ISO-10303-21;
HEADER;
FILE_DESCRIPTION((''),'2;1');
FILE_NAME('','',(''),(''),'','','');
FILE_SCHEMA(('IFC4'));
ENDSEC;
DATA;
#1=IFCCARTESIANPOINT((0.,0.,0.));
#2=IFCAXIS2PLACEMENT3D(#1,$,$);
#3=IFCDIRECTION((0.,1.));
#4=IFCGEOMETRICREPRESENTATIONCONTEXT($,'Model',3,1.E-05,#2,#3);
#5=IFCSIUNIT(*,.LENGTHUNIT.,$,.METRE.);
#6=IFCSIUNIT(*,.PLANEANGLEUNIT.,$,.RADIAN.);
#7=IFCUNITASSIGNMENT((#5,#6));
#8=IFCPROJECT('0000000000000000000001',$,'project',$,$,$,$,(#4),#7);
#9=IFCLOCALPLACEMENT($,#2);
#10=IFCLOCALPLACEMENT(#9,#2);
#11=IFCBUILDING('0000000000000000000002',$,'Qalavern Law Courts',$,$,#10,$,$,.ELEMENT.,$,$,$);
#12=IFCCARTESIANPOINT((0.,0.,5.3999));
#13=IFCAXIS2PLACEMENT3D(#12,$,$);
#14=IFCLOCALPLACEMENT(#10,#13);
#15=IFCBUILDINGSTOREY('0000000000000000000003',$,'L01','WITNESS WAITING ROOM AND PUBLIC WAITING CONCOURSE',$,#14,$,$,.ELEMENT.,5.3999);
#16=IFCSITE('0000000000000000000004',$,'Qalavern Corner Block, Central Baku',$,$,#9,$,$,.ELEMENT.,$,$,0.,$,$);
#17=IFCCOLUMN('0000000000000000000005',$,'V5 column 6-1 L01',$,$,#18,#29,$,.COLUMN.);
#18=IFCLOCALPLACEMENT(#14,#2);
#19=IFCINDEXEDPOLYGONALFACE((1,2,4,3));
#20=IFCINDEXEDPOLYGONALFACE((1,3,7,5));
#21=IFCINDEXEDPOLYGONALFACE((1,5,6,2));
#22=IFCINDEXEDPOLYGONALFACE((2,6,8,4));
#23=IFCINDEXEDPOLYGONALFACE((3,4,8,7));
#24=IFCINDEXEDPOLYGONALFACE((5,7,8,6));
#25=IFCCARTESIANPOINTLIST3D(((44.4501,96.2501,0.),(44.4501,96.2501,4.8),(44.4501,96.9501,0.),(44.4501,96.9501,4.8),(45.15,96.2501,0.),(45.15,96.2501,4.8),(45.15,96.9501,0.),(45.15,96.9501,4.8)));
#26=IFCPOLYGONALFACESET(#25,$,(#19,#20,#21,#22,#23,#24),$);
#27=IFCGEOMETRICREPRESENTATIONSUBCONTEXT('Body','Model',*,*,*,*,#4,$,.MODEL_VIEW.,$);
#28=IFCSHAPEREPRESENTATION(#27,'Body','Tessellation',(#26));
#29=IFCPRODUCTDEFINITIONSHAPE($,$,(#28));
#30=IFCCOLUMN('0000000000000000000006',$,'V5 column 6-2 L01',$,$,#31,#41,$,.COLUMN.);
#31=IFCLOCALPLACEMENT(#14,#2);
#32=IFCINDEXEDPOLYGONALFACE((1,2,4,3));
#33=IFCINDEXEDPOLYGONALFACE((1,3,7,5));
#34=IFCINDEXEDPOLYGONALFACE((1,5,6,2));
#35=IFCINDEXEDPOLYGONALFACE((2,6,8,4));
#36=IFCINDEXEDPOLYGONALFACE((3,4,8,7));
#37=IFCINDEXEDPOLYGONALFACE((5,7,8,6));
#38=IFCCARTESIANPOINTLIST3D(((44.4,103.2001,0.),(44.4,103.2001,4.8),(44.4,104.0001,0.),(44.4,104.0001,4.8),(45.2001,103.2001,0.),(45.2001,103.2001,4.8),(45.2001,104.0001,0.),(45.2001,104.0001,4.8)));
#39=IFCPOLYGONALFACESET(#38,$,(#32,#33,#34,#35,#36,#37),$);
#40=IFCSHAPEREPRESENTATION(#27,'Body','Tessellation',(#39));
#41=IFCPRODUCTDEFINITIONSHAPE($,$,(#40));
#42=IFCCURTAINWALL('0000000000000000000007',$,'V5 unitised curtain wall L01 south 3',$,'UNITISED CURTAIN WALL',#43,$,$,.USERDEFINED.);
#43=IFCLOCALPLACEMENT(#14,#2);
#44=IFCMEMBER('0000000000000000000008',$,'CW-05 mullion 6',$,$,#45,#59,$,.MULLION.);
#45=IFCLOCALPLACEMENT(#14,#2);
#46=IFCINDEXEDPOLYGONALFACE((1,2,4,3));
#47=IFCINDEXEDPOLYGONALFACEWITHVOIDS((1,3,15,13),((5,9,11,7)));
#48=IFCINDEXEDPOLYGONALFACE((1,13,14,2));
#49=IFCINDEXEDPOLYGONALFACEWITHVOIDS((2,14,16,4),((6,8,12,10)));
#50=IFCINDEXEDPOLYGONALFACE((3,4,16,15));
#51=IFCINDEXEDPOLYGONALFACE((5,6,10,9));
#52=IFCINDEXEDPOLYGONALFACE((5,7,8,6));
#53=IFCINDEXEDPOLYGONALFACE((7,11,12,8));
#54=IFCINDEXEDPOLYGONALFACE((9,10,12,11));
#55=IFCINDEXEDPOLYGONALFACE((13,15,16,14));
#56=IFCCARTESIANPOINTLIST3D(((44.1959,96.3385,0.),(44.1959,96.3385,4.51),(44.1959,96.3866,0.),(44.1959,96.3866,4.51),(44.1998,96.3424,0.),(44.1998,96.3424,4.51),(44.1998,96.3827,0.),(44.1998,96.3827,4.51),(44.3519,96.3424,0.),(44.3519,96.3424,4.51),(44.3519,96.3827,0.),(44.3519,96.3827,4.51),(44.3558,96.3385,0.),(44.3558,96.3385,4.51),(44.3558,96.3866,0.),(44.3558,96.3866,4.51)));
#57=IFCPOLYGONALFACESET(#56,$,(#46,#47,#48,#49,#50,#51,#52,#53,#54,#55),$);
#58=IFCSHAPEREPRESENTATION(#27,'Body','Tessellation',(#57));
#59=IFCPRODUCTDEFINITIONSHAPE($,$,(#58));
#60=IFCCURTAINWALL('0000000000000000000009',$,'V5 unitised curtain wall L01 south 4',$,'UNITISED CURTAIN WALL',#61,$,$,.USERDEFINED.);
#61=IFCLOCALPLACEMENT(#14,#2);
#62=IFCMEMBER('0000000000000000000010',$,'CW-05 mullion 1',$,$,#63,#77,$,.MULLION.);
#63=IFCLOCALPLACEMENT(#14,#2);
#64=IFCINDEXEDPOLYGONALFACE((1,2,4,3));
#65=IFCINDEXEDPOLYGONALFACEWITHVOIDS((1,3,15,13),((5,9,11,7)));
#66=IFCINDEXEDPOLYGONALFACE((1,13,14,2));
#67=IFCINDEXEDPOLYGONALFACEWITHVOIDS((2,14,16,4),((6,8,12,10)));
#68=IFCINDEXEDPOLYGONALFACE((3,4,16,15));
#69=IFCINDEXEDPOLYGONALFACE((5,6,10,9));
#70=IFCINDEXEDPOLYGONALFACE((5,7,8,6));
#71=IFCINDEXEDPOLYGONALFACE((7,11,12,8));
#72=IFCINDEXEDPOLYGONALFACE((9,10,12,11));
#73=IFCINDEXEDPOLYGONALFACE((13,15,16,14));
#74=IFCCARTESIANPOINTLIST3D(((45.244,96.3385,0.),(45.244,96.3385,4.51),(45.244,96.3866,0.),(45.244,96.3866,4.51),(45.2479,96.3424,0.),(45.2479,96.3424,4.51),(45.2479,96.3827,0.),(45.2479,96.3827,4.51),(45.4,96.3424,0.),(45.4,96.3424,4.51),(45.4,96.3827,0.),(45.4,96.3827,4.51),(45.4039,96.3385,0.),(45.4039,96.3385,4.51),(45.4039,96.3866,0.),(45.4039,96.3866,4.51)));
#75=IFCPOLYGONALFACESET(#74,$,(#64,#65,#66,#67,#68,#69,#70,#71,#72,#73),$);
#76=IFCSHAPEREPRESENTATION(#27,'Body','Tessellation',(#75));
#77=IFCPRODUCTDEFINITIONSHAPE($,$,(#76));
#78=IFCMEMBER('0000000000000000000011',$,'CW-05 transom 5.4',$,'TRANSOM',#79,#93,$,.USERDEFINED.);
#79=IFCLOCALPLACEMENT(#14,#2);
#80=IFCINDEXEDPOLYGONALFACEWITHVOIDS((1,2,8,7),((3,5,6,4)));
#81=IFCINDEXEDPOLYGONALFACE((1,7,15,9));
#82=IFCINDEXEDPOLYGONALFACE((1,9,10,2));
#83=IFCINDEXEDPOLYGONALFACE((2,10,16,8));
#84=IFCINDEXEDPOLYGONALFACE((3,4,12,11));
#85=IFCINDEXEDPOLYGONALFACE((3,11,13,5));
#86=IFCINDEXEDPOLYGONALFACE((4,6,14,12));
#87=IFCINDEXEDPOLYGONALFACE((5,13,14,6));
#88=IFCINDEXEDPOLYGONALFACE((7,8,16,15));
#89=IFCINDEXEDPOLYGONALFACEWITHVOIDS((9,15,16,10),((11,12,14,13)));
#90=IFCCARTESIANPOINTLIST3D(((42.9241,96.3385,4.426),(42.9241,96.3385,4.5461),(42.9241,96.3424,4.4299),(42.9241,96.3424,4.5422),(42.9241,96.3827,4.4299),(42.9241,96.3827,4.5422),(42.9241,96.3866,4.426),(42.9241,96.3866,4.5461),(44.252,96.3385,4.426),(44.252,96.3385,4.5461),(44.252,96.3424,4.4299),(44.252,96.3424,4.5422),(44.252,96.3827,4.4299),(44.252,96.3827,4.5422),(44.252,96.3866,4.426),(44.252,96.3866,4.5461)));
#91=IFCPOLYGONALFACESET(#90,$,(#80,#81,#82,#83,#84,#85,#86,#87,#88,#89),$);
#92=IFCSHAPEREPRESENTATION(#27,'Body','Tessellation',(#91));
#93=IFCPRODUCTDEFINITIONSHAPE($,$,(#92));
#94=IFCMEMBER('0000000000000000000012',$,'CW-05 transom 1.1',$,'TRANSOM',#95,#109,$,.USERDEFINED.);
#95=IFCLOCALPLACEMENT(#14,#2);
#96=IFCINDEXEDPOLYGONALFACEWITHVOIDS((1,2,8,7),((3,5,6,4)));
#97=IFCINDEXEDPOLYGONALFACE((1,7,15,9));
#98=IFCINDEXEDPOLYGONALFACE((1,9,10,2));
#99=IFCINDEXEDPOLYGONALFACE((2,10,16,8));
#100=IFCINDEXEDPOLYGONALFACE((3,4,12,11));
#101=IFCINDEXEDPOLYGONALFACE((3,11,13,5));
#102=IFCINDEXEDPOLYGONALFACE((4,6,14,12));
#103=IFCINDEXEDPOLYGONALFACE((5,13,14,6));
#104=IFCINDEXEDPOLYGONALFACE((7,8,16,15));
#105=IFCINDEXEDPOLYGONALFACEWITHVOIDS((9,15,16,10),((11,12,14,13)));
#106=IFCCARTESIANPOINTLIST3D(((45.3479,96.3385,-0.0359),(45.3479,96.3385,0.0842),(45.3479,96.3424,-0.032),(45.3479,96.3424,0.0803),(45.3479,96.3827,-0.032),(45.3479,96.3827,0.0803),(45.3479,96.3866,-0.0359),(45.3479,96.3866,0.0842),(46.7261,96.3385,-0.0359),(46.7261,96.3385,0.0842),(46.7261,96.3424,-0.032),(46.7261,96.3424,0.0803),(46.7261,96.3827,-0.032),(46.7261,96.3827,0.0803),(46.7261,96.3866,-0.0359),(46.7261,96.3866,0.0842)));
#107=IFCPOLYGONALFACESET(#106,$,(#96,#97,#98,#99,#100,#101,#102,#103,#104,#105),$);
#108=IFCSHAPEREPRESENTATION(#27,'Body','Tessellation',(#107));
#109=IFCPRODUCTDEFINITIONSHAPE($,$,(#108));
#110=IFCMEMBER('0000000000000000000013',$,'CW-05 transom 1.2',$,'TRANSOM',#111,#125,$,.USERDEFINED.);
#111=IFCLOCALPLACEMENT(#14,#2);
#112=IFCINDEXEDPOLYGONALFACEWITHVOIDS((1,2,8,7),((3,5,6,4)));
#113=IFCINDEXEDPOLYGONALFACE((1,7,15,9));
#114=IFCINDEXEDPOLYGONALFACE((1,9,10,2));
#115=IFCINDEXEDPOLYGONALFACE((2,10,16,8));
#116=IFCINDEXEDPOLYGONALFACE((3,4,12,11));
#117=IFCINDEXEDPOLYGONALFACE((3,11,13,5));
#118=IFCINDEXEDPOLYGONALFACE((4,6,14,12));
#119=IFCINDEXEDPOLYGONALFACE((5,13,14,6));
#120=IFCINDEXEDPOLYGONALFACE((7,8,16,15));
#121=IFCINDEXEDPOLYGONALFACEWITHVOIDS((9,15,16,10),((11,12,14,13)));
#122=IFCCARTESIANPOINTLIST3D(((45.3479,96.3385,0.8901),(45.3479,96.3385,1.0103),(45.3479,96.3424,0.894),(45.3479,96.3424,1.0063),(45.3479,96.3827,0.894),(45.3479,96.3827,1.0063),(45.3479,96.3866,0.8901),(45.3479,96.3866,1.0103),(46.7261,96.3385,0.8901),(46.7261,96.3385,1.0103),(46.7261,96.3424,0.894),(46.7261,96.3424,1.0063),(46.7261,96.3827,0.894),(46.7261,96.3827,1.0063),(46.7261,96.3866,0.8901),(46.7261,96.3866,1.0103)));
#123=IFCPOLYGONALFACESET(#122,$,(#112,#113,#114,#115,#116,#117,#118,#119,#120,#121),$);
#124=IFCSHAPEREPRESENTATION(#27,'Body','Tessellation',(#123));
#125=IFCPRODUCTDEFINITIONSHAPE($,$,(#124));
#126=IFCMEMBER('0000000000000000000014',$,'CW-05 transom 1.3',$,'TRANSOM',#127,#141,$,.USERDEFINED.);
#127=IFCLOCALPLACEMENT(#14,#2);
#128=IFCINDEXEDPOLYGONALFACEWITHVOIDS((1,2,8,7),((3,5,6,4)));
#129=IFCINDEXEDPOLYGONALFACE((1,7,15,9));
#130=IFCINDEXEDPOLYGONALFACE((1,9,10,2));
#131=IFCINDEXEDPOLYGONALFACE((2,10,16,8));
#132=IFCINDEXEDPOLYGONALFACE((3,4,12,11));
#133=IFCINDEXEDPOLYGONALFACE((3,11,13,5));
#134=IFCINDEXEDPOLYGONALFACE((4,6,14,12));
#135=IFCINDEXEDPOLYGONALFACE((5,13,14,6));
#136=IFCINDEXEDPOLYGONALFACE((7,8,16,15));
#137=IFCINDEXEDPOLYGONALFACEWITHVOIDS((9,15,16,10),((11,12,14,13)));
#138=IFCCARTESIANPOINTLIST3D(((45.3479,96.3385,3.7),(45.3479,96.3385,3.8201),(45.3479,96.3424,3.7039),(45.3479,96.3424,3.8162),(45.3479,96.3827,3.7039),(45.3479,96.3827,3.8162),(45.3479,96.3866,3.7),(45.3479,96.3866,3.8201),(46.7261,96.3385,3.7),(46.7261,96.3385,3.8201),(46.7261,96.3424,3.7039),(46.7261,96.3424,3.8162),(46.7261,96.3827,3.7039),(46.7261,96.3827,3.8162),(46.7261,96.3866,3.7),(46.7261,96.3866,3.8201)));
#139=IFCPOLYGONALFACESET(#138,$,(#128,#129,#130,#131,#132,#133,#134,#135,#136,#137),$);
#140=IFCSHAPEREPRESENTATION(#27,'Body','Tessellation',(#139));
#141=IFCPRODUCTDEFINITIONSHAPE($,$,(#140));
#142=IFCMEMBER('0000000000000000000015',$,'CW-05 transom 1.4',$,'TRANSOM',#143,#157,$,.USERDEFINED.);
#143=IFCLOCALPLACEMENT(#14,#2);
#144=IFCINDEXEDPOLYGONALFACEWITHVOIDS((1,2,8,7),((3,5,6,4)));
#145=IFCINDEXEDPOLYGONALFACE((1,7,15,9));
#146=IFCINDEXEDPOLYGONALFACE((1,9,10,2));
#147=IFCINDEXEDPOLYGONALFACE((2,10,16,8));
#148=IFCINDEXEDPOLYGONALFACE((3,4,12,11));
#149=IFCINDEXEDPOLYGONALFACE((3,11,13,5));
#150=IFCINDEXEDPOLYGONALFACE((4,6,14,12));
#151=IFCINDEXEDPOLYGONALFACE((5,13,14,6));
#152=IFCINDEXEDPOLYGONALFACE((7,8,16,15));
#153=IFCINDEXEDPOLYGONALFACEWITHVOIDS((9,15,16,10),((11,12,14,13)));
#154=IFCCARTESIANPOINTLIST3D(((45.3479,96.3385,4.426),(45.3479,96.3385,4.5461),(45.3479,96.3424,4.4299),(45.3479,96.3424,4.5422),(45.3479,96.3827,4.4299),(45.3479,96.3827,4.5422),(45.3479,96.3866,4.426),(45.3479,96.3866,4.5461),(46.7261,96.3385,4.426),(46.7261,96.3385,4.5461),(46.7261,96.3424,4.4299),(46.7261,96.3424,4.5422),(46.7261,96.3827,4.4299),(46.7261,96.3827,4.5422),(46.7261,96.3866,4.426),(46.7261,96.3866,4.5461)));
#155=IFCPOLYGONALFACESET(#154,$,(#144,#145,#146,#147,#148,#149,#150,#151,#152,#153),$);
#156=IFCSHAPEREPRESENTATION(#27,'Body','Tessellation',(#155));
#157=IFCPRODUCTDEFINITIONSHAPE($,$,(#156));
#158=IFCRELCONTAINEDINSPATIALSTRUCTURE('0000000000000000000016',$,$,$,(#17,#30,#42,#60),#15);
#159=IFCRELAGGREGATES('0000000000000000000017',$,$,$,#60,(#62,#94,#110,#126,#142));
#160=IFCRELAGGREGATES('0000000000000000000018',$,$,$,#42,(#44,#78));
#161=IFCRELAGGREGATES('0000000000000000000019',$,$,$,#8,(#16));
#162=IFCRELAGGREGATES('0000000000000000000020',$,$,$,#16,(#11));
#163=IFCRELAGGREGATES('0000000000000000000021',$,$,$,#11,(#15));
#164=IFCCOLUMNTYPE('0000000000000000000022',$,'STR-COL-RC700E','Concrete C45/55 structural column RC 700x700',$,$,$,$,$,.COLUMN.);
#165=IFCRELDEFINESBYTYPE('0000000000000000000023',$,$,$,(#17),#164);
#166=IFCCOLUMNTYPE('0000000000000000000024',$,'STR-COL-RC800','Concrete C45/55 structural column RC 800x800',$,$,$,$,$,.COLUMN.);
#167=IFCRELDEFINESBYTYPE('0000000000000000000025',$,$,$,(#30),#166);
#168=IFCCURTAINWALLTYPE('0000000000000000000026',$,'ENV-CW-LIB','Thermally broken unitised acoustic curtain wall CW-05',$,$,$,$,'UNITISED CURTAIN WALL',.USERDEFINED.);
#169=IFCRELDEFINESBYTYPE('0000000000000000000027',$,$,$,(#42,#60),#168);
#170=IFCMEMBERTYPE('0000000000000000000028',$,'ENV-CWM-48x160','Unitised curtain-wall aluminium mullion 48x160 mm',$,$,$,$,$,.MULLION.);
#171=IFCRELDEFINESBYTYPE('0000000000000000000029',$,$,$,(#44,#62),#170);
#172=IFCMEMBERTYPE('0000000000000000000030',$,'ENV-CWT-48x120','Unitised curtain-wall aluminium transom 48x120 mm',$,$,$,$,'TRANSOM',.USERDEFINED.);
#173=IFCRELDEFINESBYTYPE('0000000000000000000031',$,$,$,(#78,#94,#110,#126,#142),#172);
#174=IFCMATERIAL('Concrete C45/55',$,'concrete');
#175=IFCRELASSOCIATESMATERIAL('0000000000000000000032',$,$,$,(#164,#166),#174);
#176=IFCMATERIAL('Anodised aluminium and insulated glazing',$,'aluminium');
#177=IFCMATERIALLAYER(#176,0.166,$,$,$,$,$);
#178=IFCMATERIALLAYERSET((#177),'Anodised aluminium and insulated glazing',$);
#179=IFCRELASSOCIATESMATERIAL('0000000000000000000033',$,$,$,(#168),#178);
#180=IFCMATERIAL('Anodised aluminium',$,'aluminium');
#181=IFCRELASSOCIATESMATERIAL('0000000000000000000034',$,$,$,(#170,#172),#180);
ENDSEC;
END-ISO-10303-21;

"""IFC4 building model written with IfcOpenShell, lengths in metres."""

from ifc_helpers import new_model, si_unit, direction, frame, origin, origin_2d, place, context, subcontext, project, spatial, rectangle, hollow_rectangle, extrude, material, layer, layer_set, material_profile, profile_set, type_object, element, aggregate, save


model = new_model("IFC4")

# Units and contexts
model_context = context("Model", 3, precision=1e-05, world=origin(), true_north=direction((0.0, 1.0)))
body_context = subcontext(model_context, "Body", "Model", "MODEL_VIEW")
ifc_project = project(units=[si_unit("LENGTHUNIT", "METRE"), si_unit("PLANEANGLEUNIT", "RADIAN")], contexts=[model_context])

# Site, building, storey
site_placement = place(None, origin())
site = spatial("IfcSite", under=ifc_project, at=site_placement, Name="Qalavern Corner Block, Central Baku", CompositionType="ELEMENT", RefElevation=0.0)
building_placement = place(site_placement, origin())
building = spatial("IfcBuilding", under=site, at=building_placement, Name="Qalavern Law Courts", CompositionType="ELEMENT")
storey_placement = place(building_placement, frame((0.0, 0.0, 5.3999)))
storey = spatial("IfcBuildingStorey", under=building, at=storey_placement, Name="L01", Description="WITNESS WAITING ROOM AND PUBLIC WAITING CONCOURSE", CompositionType="ELEMENT", Elevation=5.3999)

# Columns
ifc_material_1 = material(Name="Concrete C45/55", Category="concrete")
ifc_material_profile_1 = material_profile(ifc_material_1, rectangle(XDim=0.7, YDim=0.7, at=origin_2d()), Name="RC 700x700")
ifc_profile_set_1 = profile_set([ifc_material_profile_1], Name="Concrete C45/55")
column_type_1 = type_object("IfcColumnType", Name="STR-COL-RC700E", Description="Concrete C45/55 structural column RC 700x700", PredefinedType="COLUMN", material=ifc_profile_set_1)
column_1_placement = place(storey_placement, frame((44.8, 96.6001, 0.0), z_axis=(0.0, 0.0, 1.0), x_axis=(1.0, 0.0, 0.0)))
element("IfcColumn", 1, at=column_1_placement, inside=storey, type_object=column_type_1, Name="V5 column 6-1 L01", PredefinedType="COLUMN", context=body_context, shape_type="SweptSolid", body=[
    extrude(rectangle(XDim=0.7, YDim=0.7, at=origin_2d()), origin(), (0.0, 0.0, 1.0), 4.8),
])
ifc_material_profile_2 = material_profile(ifc_material_1, rectangle(XDim=0.8, YDim=0.8, at=origin_2d()), Name="RC 800x800")
ifc_profile_set_2 = profile_set([ifc_material_profile_2], Name="Concrete C45/55")
column_type_2 = type_object("IfcColumnType", Name="STR-COL-RC800", Description="Concrete C45/55 structural column RC 800x800", PredefinedType="COLUMN", material=ifc_profile_set_2)
column_2_placement = place(storey_placement, frame((44.8, 103.6001, 0.0), z_axis=(0.0, 0.0, 1.0), x_axis=(1.0, 0.0, 0.0)))
element("IfcColumn", 2, at=column_2_placement, inside=storey, type_object=column_type_2, Name="V5 column 6-2 L01", PredefinedType="COLUMN", context=body_context, shape_type="SweptSolid", body=[
    extrude(rectangle(XDim=0.8, YDim=0.8, at=origin_2d()), origin(), (0.0, 0.0, 1.0), 4.8),
])

# Curtain walls, members
ifc_material_2 = material(Name="Anodised aluminium and insulated glazing", Category="aluminium")
ifc_layer_1 = layer(ifc_material_2, 0.166)
ifc_layer_set_1 = layer_set([ifc_layer_1], Name="Anodised aluminium and insulated glazing")
curtain_wall_type = type_object("IfcCurtainWallType", Name="ENV-CW-LIB", Description="Thermally broken unitised acoustic curtain wall CW-05", ElementType="UNITISED CURTAIN WALL", PredefinedType="USERDEFINED", material=ifc_layer_set_1)
curtain_wall_1_placement = place(storey_placement, origin())
curtain_wall_1 = element("IfcCurtainWall", 3, at=curtain_wall_1_placement, inside=storey, type_object=curtain_wall_type, Name="V5 unitised curtain wall L01 south 3", ObjectType="UNITISED CURTAIN WALL", PredefinedType="USERDEFINED")
ifc_material_3 = material(Name="Anodised aluminium", Category="aluminium")
ifc_material_profile_3 = material_profile(ifc_material_3, hollow_rectangle(XDim=0.0481, YDim=0.1599, WallThickness=0.0039, at=origin_2d()), Name="ALU MULLION 48x160")
ifc_profile_set_3 = profile_set([ifc_material_profile_3], Name="Anodised aluminium")
member_type_1 = type_object("IfcMemberType", Name="ENV-CWM-48x160", Description="Unitised curtain-wall aluminium mullion 48x160 mm", PredefinedType="MULLION", material=ifc_profile_set_3)
member_1_placement = place(storey_placement, frame((44.2759, 96.3625, 0.0), z_axis=(0.0, 0.0, 1.0), x_axis=(0.0, 1.0, 0.0)))
member_1 = element("IfcMember", 4, at=member_1_placement, type_object=member_type_1, Name="CW-05 mullion 6", PredefinedType="MULLION", context=body_context, shape_type="SweptSolid", body=[
    extrude(hollow_rectangle(XDim=0.0481, YDim=0.1599, WallThickness=0.0039, at=origin_2d()), origin(), (0.0, 0.0, 1.0), 4.51),
])
curtain_wall_2_placement = place(storey_placement, origin())
curtain_wall_2 = element("IfcCurtainWall", 5, at=curtain_wall_2_placement, inside=storey, type_object=curtain_wall_type, Name="V5 unitised curtain wall L01 south 4", ObjectType="UNITISED CURTAIN WALL", PredefinedType="USERDEFINED")
member_2_placement = place(storey_placement, frame((45.324, 96.3625, 0.0), z_axis=(0.0, 0.0, 1.0), x_axis=(0.0, 1.0, 0.0)))
member_2 = element("IfcMember", 6, at=member_2_placement, type_object=member_type_1, Name="CW-05 mullion 1", PredefinedType="MULLION", context=body_context, shape_type="SweptSolid", body=[
    extrude(hollow_rectangle(XDim=0.0481, YDim=0.1599, WallThickness=0.0039, at=origin_2d()), origin(), (0.0, 0.0, 1.0), 4.51),
])

# Members
ifc_material_profile_4 = material_profile(ifc_material_3, hollow_rectangle(XDim=0.0481, YDim=0.1201, WallThickness=0.0039, at=origin_2d()), Name="ALU TRANSOM 48x120")
ifc_profile_set_4 = profile_set([ifc_material_profile_4], Name="Anodised aluminium")
member_type_2 = type_object("IfcMemberType", Name="ENV-CWT-48x120", Description="Unitised curtain-wall aluminium transom 48x120 mm", ElementType="TRANSOM", PredefinedType="USERDEFINED", material=ifc_profile_set_4)
member_3_placement = place(storey_placement, frame((42.9241, 96.3625, 4.4861), z_axis=(1.0, 0.0, 0.0), x_axis=(0.0, 1.0, 0.0)))
member_3 = element("IfcMember", 7, at=member_3_placement, type_object=member_type_2, Name="CW-05 transom 5.4", ObjectType="TRANSOM", PredefinedType="USERDEFINED", context=body_context, shape_type="SweptSolid", body=[
    extrude(hollow_rectangle(XDim=0.0481, YDim=0.1201, WallThickness=0.0039, at=origin_2d()), origin(), (0.0, 0.0, 1.0), 1.3279),
])
member_4_placement = place(storey_placement, frame((45.3479, 96.3625, 0.0242), z_axis=(1.0, 0.0, 0.0), x_axis=(0.0, 1.0, 0.0)))
member_4 = element("IfcMember", 8, at=member_4_placement, type_object=member_type_2, Name="CW-05 transom 1.1", ObjectType="TRANSOM", PredefinedType="USERDEFINED", context=body_context, shape_type="SweptSolid", body=[
    extrude(hollow_rectangle(XDim=0.0481, YDim=0.1201, WallThickness=0.0039, at=origin_2d()), origin(), (0.0, 0.0, 1.0), 1.3782),
])
member_5_placement = place(storey_placement, frame((45.3479, 96.3625, 0.9502), z_axis=(1.0, 0.0, 0.0), x_axis=(0.0, 1.0, 0.0)))
member_5 = element("IfcMember", 9, at=member_5_placement, type_object=member_type_2, Name="CW-05 transom 1.2", ObjectType="TRANSOM", PredefinedType="USERDEFINED", context=body_context, shape_type="SweptSolid", body=[
    extrude(hollow_rectangle(XDim=0.0481, YDim=0.1201, WallThickness=0.0039, at=origin_2d()), origin(), (0.0, 0.0, 1.0), 1.3782),
])
member_6_placement = place(storey_placement, frame((45.3479, 96.3625, 3.76), z_axis=(1.0, 0.0, 0.0), x_axis=(0.0, 1.0, 0.0)))
member_6 = element("IfcMember", 10, at=member_6_placement, type_object=member_type_2, Name="CW-05 transom 1.3", ObjectType="TRANSOM", PredefinedType="USERDEFINED", context=body_context, shape_type="SweptSolid", body=[
    extrude(hollow_rectangle(XDim=0.0481, YDim=0.1201, WallThickness=0.0039, at=origin_2d()), origin(), (0.0, 0.0, 1.0), 1.3782),
])
member_7_placement = place(storey_placement, frame((45.3479, 96.3625, 4.4861), z_axis=(1.0, 0.0, 0.0), x_axis=(0.0, 1.0, 0.0)))
member_7 = element("IfcMember", 11, at=member_7_placement, type_object=member_type_2, Name="CW-05 transom 1.4", ObjectType="TRANSOM", PredefinedType="USERDEFINED", context=body_context, shape_type="SweptSolid", body=[
    extrude(hollow_rectangle(XDim=0.0481, YDim=0.1201, WallThickness=0.0039, at=origin_2d()), origin(), (0.0, 0.0, 1.0), 1.3782),
])
aggregate(curtain_wall_2, [member_2, member_4, member_5, member_6, member_7])

aggregate(curtain_wall_1, [member_1, member_3])

save(model, "model.ifc")
